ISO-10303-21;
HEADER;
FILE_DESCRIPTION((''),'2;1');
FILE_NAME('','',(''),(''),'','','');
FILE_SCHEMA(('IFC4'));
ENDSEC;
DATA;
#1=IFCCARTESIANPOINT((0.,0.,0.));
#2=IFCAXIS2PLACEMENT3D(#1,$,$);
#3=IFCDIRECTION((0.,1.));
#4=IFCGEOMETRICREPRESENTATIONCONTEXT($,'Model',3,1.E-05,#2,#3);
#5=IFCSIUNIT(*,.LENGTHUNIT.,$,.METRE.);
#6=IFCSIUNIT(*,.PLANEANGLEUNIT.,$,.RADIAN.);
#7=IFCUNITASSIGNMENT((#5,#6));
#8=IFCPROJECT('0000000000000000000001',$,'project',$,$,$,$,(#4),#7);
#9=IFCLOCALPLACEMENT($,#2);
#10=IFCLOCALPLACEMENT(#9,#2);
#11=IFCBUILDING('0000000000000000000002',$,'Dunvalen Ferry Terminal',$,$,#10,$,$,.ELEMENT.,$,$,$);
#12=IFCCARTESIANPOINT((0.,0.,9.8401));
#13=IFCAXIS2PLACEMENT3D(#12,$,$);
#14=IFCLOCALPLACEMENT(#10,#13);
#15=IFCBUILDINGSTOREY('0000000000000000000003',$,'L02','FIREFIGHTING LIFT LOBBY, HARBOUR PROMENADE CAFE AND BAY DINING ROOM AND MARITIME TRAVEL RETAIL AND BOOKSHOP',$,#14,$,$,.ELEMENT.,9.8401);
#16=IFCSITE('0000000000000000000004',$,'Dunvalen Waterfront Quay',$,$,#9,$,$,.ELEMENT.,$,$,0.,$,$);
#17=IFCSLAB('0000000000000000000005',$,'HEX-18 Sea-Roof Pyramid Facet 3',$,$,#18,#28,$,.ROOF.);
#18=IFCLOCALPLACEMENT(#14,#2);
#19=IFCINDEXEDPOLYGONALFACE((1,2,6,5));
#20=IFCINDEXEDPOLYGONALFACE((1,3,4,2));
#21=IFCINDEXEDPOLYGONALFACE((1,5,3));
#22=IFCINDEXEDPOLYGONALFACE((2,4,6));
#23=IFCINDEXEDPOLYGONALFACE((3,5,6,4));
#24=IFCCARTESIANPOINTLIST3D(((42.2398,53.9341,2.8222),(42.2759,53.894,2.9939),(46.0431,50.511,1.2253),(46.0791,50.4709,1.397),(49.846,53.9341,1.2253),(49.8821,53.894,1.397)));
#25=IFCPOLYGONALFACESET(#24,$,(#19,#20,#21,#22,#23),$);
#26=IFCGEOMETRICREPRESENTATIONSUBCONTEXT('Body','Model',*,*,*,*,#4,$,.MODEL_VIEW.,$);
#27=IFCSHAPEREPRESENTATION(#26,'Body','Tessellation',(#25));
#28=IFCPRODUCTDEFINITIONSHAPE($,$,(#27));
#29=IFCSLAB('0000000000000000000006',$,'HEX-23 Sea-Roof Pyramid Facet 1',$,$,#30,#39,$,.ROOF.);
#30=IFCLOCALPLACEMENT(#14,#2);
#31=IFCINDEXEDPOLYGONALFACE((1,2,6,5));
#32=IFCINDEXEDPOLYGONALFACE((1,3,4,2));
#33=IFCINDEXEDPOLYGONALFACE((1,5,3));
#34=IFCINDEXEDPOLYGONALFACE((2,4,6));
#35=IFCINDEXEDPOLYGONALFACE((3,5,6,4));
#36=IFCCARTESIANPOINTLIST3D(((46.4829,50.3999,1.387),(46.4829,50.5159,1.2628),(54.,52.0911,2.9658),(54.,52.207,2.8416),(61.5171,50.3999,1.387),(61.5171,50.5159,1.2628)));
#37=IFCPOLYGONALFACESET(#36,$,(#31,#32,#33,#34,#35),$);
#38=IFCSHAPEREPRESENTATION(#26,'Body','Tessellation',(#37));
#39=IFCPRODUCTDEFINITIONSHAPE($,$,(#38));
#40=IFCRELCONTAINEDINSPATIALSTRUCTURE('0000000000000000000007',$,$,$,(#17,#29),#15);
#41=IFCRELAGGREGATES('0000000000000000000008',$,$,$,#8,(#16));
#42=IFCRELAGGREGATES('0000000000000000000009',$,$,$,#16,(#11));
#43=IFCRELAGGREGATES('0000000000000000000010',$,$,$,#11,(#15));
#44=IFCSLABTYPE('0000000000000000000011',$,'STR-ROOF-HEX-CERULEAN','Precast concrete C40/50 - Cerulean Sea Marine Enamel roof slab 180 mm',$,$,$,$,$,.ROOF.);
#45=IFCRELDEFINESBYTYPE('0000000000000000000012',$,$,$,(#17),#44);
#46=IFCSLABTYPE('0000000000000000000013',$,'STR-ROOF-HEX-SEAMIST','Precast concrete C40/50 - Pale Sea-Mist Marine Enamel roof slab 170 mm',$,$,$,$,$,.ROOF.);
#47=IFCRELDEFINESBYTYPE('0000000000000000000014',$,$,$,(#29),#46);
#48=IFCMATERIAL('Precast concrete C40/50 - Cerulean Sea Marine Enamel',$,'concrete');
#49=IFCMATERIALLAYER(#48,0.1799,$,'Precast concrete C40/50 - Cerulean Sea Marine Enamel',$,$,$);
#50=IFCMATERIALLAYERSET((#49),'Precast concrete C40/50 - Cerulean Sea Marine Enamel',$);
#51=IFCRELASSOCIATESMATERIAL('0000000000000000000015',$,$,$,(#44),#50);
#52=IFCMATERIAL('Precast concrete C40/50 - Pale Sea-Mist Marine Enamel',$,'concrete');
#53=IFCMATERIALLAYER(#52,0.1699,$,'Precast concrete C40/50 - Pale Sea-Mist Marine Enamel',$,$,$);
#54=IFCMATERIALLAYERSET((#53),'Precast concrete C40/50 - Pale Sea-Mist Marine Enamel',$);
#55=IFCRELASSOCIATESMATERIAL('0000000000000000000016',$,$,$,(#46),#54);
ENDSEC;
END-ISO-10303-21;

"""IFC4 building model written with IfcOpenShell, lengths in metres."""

from ifc_helpers import new_model, si_unit, direction, frame, origin, place, context, subcontext, project, spatial, polyline, outline, extrude, material, layer, layer_set, type_object, element, save


model = new_model("IFC4")

# Units and contexts
model_context = context("Model", 3, precision=1e-05, world=origin(), true_north=direction((0.0, 1.0)))
body_context = subcontext(model_context, "Body", "Model", "MODEL_VIEW")
ifc_project = project(units=[si_unit("LENGTHUNIT", "METRE"), si_unit("PLANEANGLEUNIT", "RADIAN")], contexts=[model_context])

# Site, building, storey
site_placement = place(None, origin())
site = spatial("IfcSite", under=ifc_project, at=site_placement, Name="Dunvalen Waterfront Quay", CompositionType="ELEMENT", RefElevation=0.0)
building_placement = place(site_placement, origin())
building = spatial("IfcBuilding", under=site, at=building_placement, Name="Dunvalen Ferry Terminal", CompositionType="ELEMENT")
storey_placement = place(building_placement, frame((0.0, 0.0, 9.8401)))
storey = spatial("IfcBuildingStorey", under=building, at=storey_placement, Name="L02", Description="FIREFIGHTING LIFT LOBBY, HARBOUR PROMENADE CAFE AND BAY DINING ROOM AND MARITIME TRAVEL RETAIL AND BOOKSHOP", CompositionType="ELEMENT", Elevation=9.8401)

# Slabs
ifc_material_1 = material(Name="Precast concrete C40/50 - Cerulean Sea Marine Enamel", Category="concrete")
ifc_layer_1 = layer(ifc_material_1, 0.1799, Name="Precast concrete C40/50 - Cerulean Sea Marine Enamel")
ifc_layer_set_1 = layer_set([ifc_layer_1], Name="Precast concrete C40/50 - Cerulean Sea Marine Enamel")
slab_type_1 = type_object("IfcSlabType", Name="STR-ROOF-HEX-CERULEAN", Description="Precast concrete C40/50 - Cerulean Sea Marine Enamel roof slab 180 mm", PredefinedType="ROOF", material=ifc_layer_set_1)
slab_1_placement = place(storey_placement, frame((46.0791, 50.4709, 1.397), z_axis=(0.200318, -0.222548, 0.95412), x_axis=(0.743254, 0.66901, 0.0)))
element("IfcSlab", 1, at=slab_1_placement, inside=storey, type_object=slab_type_1, Name="HEX-18 Sea-Roof Pyramid Facet 3", PredefinedType="ROOF", context=body_context, shape_type="SweptSolid", body=[
    extrude(outline(polyline([(0.0, 0.0), (5.1167, 0.0), (-0.5367, 5.3333), (0.0, 0.0)])), origin(), (0.0, 0.0, -1.0), 0.1799),
])
ifc_material_2 = material(Name="Precast concrete C40/50 - Pale Sea-Mist Marine Enamel", Category="concrete")
ifc_layer_2 = layer(ifc_material_2, 0.1699, Name="Precast concrete C40/50 - Pale Sea-Mist Marine Enamel")
ifc_layer_set_2 = layer_set([ifc_layer_2], Name="Precast concrete C40/50 - Pale Sea-Mist Marine Enamel")
slab_type_2 = type_object("IfcSlabType", Name="STR-ROOF-HEX-SEAMIST", Description="Precast concrete C40/50 - Pale Sea-Mist Marine Enamel roof slab 170 mm", PredefinedType="ROOF", material=ifc_layer_set_2)
slab_2_placement = place(storey_placement, frame((46.4829, 50.3999, 1.387), z_axis=(0.0, -0.68242, 0.730961), x_axis=(1.0, 0.0, 0.0)))
element("IfcSlab", 2, at=slab_2_placement, inside=storey, type_object=slab_type_2, Name="HEX-23 Sea-Roof Pyramid Facet 1", PredefinedType="ROOF", context=body_context, shape_type="SweptSolid", body=[
    extrude(outline(polyline([(0.0, 0.0), (15.0342, 0.0), (7.5171, 2.3136), (0.0, 0.0)])), origin(), (0.0, 0.0, -1.0), 0.1699),
])

save(model, "model.ifc")
